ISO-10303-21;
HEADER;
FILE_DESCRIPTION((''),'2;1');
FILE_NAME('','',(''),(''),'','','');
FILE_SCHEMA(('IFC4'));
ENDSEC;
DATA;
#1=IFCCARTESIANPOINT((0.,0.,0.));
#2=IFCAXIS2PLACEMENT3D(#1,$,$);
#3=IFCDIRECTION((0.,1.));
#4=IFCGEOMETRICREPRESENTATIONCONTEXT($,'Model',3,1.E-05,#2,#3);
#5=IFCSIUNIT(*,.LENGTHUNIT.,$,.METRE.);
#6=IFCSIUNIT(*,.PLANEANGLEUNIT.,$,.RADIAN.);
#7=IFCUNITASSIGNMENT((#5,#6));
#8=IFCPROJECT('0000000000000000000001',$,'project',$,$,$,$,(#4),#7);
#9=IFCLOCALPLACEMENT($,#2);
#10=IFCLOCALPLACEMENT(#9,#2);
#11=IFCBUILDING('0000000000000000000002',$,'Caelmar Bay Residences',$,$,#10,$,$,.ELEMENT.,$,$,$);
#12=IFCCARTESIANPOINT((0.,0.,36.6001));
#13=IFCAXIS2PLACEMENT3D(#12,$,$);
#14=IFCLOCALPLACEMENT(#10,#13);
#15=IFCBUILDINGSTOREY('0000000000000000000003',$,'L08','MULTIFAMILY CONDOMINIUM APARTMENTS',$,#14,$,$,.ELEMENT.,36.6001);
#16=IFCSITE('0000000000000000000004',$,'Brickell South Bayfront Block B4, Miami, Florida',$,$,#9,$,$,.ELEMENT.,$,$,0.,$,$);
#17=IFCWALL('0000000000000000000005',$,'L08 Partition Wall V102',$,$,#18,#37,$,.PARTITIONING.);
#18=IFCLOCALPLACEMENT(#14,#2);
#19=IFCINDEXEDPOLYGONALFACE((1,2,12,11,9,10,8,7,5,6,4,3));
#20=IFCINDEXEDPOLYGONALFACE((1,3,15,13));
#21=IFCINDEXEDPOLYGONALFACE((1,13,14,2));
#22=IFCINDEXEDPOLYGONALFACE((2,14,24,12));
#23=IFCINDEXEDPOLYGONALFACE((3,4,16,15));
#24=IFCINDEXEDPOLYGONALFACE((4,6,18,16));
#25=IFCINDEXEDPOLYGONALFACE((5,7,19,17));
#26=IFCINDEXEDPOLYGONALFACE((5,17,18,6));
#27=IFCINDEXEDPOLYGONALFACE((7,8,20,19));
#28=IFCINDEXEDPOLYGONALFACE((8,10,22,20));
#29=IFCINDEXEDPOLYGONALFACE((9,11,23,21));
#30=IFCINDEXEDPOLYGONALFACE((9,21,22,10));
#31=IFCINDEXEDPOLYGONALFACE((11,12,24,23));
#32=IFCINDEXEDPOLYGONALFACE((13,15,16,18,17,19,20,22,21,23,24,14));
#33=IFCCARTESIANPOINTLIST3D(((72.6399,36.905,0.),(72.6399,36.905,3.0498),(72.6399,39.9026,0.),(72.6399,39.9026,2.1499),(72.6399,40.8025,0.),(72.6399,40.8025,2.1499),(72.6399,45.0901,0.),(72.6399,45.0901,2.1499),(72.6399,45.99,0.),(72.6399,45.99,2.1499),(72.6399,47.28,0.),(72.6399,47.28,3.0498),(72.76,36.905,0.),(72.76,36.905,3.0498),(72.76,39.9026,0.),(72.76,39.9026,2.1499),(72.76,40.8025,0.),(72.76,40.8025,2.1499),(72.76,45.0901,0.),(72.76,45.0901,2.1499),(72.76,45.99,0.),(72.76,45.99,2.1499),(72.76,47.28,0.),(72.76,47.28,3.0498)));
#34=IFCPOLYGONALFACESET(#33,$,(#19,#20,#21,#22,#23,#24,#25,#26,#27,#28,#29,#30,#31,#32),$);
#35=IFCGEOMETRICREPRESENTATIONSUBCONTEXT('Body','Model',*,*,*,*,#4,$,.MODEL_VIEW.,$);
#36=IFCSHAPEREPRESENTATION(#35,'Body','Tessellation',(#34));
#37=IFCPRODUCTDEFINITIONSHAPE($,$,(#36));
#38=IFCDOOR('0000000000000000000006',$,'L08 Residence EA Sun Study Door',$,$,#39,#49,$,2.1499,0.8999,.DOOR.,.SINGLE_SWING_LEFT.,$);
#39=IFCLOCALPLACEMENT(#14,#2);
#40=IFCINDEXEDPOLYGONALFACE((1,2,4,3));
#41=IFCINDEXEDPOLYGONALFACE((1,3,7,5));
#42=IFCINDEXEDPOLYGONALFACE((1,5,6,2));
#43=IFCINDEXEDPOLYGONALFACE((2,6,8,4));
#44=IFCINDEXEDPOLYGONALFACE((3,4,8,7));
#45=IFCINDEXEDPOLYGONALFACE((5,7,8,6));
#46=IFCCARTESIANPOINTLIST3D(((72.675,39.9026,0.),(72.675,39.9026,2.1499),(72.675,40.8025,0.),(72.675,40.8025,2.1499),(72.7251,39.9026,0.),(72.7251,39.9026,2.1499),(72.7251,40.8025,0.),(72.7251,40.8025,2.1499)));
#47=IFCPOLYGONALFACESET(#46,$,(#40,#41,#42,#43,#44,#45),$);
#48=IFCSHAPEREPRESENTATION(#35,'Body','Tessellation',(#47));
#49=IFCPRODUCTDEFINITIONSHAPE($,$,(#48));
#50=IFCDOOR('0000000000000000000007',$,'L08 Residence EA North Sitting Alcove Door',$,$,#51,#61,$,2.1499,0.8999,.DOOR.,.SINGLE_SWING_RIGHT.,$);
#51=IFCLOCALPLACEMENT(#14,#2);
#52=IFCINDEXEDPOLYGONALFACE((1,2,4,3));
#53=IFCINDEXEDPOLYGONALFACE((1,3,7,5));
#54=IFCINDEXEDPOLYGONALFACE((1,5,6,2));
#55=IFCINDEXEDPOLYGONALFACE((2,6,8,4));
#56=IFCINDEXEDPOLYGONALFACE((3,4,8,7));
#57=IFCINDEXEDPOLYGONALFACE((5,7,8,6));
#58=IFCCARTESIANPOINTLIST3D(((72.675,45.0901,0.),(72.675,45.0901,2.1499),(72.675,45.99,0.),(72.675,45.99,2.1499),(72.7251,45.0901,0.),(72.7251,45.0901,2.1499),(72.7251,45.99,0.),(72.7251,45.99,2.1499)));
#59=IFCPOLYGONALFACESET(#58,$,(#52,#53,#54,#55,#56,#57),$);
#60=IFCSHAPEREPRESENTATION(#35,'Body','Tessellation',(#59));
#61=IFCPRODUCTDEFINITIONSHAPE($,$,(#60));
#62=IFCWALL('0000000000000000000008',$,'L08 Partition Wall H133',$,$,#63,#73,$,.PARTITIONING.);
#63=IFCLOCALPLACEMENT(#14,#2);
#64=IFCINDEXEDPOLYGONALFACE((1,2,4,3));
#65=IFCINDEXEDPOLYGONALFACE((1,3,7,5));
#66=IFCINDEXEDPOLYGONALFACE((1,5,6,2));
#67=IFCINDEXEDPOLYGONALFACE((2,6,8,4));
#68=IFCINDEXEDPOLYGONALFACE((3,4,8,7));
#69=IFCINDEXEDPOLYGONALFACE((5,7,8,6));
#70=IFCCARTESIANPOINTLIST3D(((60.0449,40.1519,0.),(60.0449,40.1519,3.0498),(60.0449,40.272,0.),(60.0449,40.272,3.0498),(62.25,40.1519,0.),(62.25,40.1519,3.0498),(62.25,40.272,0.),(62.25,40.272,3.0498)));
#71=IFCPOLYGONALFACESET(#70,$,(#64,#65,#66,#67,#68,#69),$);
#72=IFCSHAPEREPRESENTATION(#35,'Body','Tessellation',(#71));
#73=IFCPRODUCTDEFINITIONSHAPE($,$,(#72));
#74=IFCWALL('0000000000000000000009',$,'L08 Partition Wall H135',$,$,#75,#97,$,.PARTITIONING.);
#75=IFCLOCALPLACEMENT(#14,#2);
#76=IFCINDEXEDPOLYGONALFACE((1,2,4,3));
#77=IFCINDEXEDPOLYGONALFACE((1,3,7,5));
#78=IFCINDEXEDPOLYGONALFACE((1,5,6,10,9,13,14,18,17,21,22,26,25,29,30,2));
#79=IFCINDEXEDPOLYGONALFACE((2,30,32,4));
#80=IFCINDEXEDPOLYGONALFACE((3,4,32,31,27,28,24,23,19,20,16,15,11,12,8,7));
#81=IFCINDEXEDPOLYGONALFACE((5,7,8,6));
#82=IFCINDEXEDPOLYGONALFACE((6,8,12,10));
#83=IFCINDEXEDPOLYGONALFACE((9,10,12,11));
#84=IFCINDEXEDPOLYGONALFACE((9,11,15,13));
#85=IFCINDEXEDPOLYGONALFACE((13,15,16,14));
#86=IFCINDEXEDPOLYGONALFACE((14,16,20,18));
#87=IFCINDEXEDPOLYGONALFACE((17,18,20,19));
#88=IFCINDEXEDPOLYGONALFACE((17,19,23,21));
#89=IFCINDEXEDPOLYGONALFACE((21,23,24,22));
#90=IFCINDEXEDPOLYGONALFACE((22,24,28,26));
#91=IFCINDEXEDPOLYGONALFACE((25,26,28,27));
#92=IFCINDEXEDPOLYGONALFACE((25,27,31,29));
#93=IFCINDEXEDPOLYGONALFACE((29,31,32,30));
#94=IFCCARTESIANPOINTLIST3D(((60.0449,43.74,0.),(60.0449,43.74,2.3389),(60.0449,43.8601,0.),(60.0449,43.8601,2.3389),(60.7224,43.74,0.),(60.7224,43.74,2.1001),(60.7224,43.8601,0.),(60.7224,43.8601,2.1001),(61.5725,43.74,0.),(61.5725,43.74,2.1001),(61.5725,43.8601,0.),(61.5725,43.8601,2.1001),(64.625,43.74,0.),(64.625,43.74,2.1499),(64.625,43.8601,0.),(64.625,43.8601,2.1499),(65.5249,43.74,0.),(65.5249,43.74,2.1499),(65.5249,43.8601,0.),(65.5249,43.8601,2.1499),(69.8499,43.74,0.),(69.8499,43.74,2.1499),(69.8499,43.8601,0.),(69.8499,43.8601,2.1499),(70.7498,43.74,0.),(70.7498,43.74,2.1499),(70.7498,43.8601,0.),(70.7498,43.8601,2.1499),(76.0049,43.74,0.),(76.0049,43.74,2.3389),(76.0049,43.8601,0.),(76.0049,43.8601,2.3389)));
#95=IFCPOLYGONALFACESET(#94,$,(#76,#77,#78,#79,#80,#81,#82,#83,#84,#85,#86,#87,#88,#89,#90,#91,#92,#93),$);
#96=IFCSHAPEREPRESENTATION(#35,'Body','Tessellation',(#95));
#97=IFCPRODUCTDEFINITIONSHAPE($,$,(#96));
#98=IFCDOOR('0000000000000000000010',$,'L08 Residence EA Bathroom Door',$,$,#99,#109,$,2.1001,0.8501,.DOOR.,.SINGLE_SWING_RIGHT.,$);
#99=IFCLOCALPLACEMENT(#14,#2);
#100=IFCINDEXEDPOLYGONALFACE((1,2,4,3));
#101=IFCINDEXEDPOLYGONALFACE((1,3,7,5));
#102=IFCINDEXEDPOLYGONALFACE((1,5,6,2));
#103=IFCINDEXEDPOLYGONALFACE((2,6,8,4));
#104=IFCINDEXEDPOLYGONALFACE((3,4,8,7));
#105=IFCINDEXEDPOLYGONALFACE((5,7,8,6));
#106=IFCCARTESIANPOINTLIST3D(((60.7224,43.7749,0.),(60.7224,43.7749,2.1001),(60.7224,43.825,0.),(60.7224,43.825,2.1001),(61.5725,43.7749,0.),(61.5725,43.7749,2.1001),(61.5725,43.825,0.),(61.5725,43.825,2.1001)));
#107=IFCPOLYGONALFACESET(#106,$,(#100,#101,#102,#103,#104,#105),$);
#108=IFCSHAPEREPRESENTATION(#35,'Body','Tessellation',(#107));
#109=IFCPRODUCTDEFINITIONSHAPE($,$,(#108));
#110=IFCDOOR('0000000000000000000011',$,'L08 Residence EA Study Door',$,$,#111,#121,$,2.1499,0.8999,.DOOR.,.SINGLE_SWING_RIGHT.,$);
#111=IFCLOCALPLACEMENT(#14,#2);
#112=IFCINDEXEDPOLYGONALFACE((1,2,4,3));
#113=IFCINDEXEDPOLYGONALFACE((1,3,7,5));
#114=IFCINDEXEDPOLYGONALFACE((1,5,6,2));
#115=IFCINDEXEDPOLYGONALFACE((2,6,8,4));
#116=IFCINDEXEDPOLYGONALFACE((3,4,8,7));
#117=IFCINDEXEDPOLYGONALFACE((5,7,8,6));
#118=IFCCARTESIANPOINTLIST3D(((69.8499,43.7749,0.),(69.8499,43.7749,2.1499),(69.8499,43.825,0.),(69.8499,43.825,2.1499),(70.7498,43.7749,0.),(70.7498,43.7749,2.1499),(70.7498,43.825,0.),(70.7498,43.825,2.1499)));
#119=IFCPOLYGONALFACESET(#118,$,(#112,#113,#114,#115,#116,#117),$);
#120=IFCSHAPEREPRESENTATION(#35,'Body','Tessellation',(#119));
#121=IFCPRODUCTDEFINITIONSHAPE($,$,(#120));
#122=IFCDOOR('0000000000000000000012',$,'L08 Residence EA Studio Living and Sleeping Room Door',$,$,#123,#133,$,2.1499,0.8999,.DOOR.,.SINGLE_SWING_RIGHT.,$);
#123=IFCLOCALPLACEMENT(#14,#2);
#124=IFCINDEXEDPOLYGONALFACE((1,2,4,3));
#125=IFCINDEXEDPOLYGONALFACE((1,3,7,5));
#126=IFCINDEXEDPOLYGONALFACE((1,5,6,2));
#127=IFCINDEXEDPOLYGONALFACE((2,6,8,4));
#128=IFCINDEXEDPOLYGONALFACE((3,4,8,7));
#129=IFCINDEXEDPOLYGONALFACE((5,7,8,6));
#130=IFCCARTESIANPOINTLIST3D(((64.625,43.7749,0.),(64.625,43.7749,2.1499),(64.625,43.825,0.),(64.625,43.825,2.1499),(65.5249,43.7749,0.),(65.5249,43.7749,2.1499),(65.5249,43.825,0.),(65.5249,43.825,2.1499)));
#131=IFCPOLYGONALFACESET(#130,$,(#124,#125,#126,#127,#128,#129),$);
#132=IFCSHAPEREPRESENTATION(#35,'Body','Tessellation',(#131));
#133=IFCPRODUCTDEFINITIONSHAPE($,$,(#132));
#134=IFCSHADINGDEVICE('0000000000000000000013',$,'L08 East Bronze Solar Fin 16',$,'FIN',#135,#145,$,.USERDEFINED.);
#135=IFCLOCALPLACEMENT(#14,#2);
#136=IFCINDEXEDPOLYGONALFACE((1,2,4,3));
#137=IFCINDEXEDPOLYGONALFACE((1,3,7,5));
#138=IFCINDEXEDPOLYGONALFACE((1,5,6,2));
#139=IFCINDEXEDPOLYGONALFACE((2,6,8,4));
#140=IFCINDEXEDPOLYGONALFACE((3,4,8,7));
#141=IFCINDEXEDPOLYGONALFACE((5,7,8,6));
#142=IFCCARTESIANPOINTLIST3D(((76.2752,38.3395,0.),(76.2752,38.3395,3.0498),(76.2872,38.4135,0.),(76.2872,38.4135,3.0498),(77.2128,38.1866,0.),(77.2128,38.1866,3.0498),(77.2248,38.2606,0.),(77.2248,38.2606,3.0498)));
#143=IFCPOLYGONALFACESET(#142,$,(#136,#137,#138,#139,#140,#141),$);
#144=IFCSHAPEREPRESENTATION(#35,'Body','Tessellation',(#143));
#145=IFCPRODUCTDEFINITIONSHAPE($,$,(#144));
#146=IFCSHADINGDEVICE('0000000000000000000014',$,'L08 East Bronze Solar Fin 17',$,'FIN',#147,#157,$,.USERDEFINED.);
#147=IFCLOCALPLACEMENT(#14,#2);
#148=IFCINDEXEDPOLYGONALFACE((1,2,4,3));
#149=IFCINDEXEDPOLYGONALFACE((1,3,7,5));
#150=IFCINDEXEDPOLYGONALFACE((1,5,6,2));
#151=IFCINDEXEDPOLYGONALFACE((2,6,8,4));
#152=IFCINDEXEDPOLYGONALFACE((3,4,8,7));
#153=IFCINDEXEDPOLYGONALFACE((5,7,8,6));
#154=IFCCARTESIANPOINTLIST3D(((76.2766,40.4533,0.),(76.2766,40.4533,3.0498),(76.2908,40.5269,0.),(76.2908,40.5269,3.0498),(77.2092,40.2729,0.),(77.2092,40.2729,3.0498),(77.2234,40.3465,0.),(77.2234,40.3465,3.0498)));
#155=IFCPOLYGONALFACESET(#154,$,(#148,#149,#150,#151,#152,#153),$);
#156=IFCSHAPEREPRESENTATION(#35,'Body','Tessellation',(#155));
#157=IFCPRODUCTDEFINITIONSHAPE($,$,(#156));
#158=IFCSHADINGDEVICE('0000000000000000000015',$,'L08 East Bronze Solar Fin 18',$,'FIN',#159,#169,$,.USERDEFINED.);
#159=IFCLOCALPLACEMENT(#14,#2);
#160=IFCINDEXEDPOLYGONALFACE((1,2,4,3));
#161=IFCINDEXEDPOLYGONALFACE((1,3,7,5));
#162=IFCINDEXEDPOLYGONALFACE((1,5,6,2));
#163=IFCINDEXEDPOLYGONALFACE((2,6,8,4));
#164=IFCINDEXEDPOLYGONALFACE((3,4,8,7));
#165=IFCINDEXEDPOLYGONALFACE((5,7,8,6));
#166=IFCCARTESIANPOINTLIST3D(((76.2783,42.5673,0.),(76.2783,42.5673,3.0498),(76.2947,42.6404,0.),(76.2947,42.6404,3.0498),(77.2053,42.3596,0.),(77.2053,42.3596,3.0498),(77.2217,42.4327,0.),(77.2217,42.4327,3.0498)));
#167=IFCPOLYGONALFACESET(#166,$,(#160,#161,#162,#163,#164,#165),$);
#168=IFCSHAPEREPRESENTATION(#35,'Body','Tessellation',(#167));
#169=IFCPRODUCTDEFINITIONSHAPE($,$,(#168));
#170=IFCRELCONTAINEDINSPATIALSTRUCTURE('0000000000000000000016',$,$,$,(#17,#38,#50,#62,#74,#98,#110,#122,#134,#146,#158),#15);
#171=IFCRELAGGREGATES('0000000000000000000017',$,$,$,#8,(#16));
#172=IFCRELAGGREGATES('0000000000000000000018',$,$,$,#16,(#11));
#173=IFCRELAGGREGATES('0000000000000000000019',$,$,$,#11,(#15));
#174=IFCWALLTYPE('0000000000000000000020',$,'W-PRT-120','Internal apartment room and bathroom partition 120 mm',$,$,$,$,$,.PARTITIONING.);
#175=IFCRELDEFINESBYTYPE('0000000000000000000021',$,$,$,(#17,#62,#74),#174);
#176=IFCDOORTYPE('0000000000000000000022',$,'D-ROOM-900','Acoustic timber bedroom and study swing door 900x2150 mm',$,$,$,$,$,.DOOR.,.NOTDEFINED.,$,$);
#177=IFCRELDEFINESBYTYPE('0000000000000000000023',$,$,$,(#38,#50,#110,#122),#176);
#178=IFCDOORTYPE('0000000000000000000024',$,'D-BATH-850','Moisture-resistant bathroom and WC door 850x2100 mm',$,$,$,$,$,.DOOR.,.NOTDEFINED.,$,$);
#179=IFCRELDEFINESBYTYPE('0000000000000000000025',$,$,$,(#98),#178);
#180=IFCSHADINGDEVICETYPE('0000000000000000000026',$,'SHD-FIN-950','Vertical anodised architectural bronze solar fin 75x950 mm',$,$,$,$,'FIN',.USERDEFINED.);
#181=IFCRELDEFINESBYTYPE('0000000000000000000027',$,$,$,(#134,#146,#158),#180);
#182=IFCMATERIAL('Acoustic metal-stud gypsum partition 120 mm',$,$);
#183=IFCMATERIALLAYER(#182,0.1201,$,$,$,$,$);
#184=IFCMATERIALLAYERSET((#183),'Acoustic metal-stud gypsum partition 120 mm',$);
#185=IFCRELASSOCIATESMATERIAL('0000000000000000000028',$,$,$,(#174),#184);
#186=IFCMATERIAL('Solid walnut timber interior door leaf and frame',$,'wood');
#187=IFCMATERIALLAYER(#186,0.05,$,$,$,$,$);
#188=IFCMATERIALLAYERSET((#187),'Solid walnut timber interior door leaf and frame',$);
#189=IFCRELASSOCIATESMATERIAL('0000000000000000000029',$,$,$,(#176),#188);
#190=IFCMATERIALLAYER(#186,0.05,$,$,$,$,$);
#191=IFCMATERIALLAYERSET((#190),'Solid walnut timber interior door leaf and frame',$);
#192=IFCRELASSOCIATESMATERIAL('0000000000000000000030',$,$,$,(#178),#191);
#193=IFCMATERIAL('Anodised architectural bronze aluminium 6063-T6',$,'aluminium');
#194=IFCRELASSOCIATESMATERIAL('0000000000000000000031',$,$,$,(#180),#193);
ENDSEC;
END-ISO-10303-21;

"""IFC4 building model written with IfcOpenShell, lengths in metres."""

from ifc_helpers import new_model, si_unit, direction, frame, frame_2d, origin, origin_2d, place, context, subcontext, project, spatial, rectangle, extrude, material, layer, layer_set, material_profile, profile_set, type_object, element, fill, save


model = new_model("IFC4")

# Units and contexts
model_context = context("Model", 3, precision=1e-05, world=origin(), true_north=direction((0.0, 1.0)))
body_context = subcontext(model_context, "Body", "Model", "MODEL_VIEW")
ifc_project = project(units=[si_unit("LENGTHUNIT", "METRE"), si_unit("PLANEANGLEUNIT", "RADIAN")], contexts=[model_context])

# Site, building, storey
site_placement = place(None, origin())
site = spatial("IfcSite", under=ifc_project, at=site_placement, Name="Brickell South Bayfront Block B4, Miami, Florida", CompositionType="ELEMENT", RefElevation=0.0)
building_placement = place(site_placement, origin())
building = spatial("IfcBuilding", under=site, at=building_placement, Name="Caelmar Bay Residences", CompositionType="ELEMENT")
storey_placement = place(building_placement, frame((0.0, 0.0, 36.6001)))
storey = spatial("IfcBuildingStorey", under=building, at=storey_placement, Name="L08", Description="MULTIFAMILY CONDOMINIUM APARTMENTS", CompositionType="ELEMENT", Elevation=36.6001)

# Wall, openings, doors
ifc_material_1 = material(Name="Acoustic metal-stud gypsum partition 120 mm")
ifc_layer_1 = layer(ifc_material_1, 0.1201)
ifc_layer_set_1 = layer_set([ifc_layer_1], Name="Acoustic metal-stud gypsum partition 120 mm")
wall_type_1 = type_object("IfcWallType", Name="W-PRT-120", Description="Internal apartment room and bathroom partition 120 mm", PredefinedType="PARTITIONING", material=ifc_layer_set_1)
wall_1_placement = place(storey_placement, frame((72.7, 36.905, 0.0), z_axis=(0.0, 0.0, 1.0), x_axis=(0.0, 1.0, 0.0)))
wall_1 = element("IfcWall", 1, at=wall_1_placement, inside=storey, type_object=wall_type_1, Name="L08 Partition Wall V102", PredefinedType="PARTITIONING", context=body_context, shape_type="SweptSolid", body=[
    extrude(rectangle(XDim=10.375, YDim=0.1201, at=frame_2d((5.1875, 0.0))), origin(), (0.0, 0.0, 1.0), 3.0498),
])
opening_1_placement = place(wall_1_placement, frame((2.9976, 0.0, 0.0)))
opening_1 = element("IfcOpeningElement", 2, at=opening_1_placement, cuts=wall_1, PredefinedType="OPENING", context=body_context, shape_type="SweptSolid", body=[
    extrude(rectangle(XDim=0.8999, YDim=2.1499, at=frame_2d((0.45, 1.075))), frame((0.0, 0.0701, 0.0), z_axis=(0.0, -1.0, 0.0), x_axis=(1.0, 0.0, 0.0)), (0.0, 0.0, 1.0), 0.1401),
])
opening_2_placement = place(wall_1_placement, frame((8.1851, 0.0, 0.0)))
opening_2 = element("IfcOpeningElement", 3, at=opening_2_placement, cuts=wall_1, PredefinedType="OPENING", context=body_context, shape_type="SweptSolid", body=[
    extrude(rectangle(XDim=0.8999, YDim=2.1499, at=frame_2d((0.45, 1.075))), frame((0.0, 0.0701, 0.0), z_axis=(0.0, -1.0, 0.0), x_axis=(1.0, 0.0, 0.0)), (0.0, 0.0, 1.0), 0.1401),
])
ifc_material_2 = material(Name="Solid walnut timber interior door leaf and frame", Category="wood")
ifc_layer_2 = layer(ifc_material_2, 0.05)
ifc_layer_set_2 = layer_set([ifc_layer_2], Name="Solid walnut timber interior door leaf and frame")
door_type_1 = type_object("IfcDoorType", Name="D-ROOM-900", Description="Acoustic timber bedroom and study swing door 900x2150 mm", OperationType="NOTDEFINED", PredefinedType="DOOR", material=ifc_layer_set_2)
door_1_placement = place(opening_1_placement, origin())
door_1 = element("IfcDoor", 4, at=door_1_placement, inside=storey, type_object=door_type_1, Name="L08 Residence EA Sun Study Door", OperationType="SINGLE_SWING_LEFT", OverallHeight=2.1499, OverallWidth=0.8999, PredefinedType="DOOR", context=body_context, shape_type="SweptSolid", body=[
    extrude(rectangle(XDim=0.8999, YDim=2.1499, at=frame_2d((0.45, 1.075))), frame((0.0, 0.0249, 0.0), z_axis=(0.0, -1.0, 0.0), x_axis=(1.0, 0.0, 0.0)), (0.0, 0.0, 1.0), 0.05),
])
fill(opening_1, door_1)
door_2_placement = place(opening_2_placement, origin())
door_2 = element("IfcDoor", 5, at=door_2_placement, inside=storey, type_object=door_type_1, Name="L08 Residence EA North Sitting Alcove Door", OperationType="SINGLE_SWING_RIGHT", OverallHeight=2.1499, OverallWidth=0.8999, PredefinedType="DOOR", context=body_context, shape_type="SweptSolid", body=[
    extrude(rectangle(XDim=0.8999, YDim=2.1499, at=frame_2d((0.45, 1.075))), frame((0.0, 0.0249, 0.0), z_axis=(0.0, -1.0, 0.0), x_axis=(1.0, 0.0, 0.0)), (0.0, 0.0, 1.0), 0.05),
])
fill(opening_2, door_2)

# Wall
wall_2_placement = place(storey_placement, frame((60.0449, 40.2119, 0.0), z_axis=(0.0, 0.0, 1.0), x_axis=(1.0, 0.0, 0.0)))
element("IfcWall", 6, at=wall_2_placement, inside=storey, type_object=wall_type_1, Name="L08 Partition Wall H133", PredefinedType="PARTITIONING", context=body_context, shape_type="SweptSolid", body=[
    extrude(rectangle(XDim=2.2051, YDim=0.1201, at=frame_2d((1.1025, 0.0))), origin(), (0.0, 0.0, 1.0), 3.0498),
])

# Wall, openings, doors
wall_3_placement = place(storey_placement, frame((60.0449, 43.8, 0.0), z_axis=(0.0, 0.0, 1.0), x_axis=(1.0, 0.0, 0.0)))
wall_3 = element("IfcWall", 7, at=wall_3_placement, inside=storey, type_object=wall_type_1, Name="L08 Partition Wall H135", PredefinedType="PARTITIONING", context=body_context, shape_type="SweptSolid", body=[
    extrude(rectangle(XDim=15.96, YDim=0.1201, at=frame_2d((7.98, 0.0))), origin(), (0.0, 0.0, 1.0), 2.3389),
])
opening_3_placement = place(wall_3_placement, frame((9.8049, 0.0, 0.0)))
opening_3 = element("IfcOpeningElement", 8, at=opening_3_placement, cuts=wall_3, PredefinedType="OPENING", context=body_context, shape_type="SweptSolid", body=[
    extrude(rectangle(XDim=0.8999, YDim=2.1499, at=frame_2d((0.45, 1.075))), frame((0.0, 0.0701, 0.0), z_axis=(0.0, -1.0, 0.0), x_axis=(1.0, 0.0, 0.0)), (0.0, 0.0, 1.0), 0.1401),
])
opening_4_placement = place(wall_3_placement, frame((4.5801, 0.0, 0.0)))
opening_4 = element("IfcOpeningElement", 9, at=opening_4_placement, cuts=wall_3, PredefinedType="OPENING", context=body_context, shape_type="SweptSolid", body=[
    extrude(rectangle(XDim=0.8999, YDim=2.1499, at=frame_2d((0.45, 1.075))), frame((0.0, 0.0701, 0.0), z_axis=(0.0, -1.0, 0.0), x_axis=(1.0, 0.0, 0.0)), (0.0, 0.0, 1.0), 0.1401),
])
opening_5_placement = place(wall_3_placement, frame((0.6775, 0.0, 0.0)))
opening_5 = element("IfcOpeningElement", 10, at=opening_5_placement, cuts=wall_3, PredefinedType="OPENING", context=body_context, shape_type="SweptSolid", body=[
    extrude(rectangle(XDim=0.8501, YDim=2.1001, at=frame_2d((0.425, 1.05))), frame((0.0, 0.0701, 0.0), z_axis=(0.0, -1.0, 0.0), x_axis=(1.0, 0.0, 0.0)), (0.0, 0.0, 1.0), 0.1401),
])
ifc_layer_3 = layer(ifc_material_2, 0.05)
ifc_layer_set_3 = layer_set([ifc_layer_3], Name="Solid walnut timber interior door leaf and frame")
door_type_2 = type_object("IfcDoorType", Name="D-BATH-850", Description="Moisture-resistant bathroom and WC door 850x2100 mm", OperationType="NOTDEFINED", PredefinedType="DOOR", material=ifc_layer_set_3)
door_3_placement = place(opening_5_placement, origin())
door_3 = element("IfcDoor", 11, at=door_3_placement, inside=storey, type_object=door_type_2, Name="L08 Residence EA Bathroom Door", OperationType="SINGLE_SWING_RIGHT", OverallHeight=2.1001, OverallWidth=0.8501, PredefinedType="DOOR", context=body_context, shape_type="SweptSolid", body=[
    extrude(rectangle(XDim=0.8501, YDim=2.1001, at=frame_2d((0.425, 1.05))), frame((0.0, 0.0249, 0.0), z_axis=(0.0, -1.0, 0.0), x_axis=(1.0, 0.0, 0.0)), (0.0, 0.0, 1.0), 0.05),
])
fill(opening_5, door_3)
door_4_placement = place(opening_3_placement, origin())
door_4 = element("IfcDoor", 12, at=door_4_placement, inside=storey, type_object=door_type_1, Name="L08 Residence EA Study Door", OperationType="SINGLE_SWING_RIGHT", OverallHeight=2.1499, OverallWidth=0.8999, PredefinedType="DOOR", context=body_context, shape_type="SweptSolid", body=[
    extrude(rectangle(XDim=0.8999, YDim=2.1499, at=frame_2d((0.45, 1.075))), frame((0.0, 0.0249, 0.0), z_axis=(0.0, -1.0, 0.0), x_axis=(1.0, 0.0, 0.0)), (0.0, 0.0, 1.0), 0.05),
])
fill(opening_3, door_4)
door_5_placement = place(opening_4_placement, origin())
door_5 = element("IfcDoor", 13, at=door_5_placement, inside=storey, type_object=door_type_1, Name="L08 Residence EA Studio Living and Sleeping Room Door", OperationType="SINGLE_SWING_RIGHT", OverallHeight=2.1499, OverallWidth=0.8999, PredefinedType="DOOR", context=body_context, shape_type="SweptSolid", body=[
    extrude(rectangle(XDim=0.8999, YDim=2.1499, at=frame_2d((0.45, 1.075))), frame((0.0, 0.0249, 0.0), z_axis=(0.0, -1.0, 0.0), x_axis=(1.0, 0.0, 0.0)), (0.0, 0.0, 1.0), 0.05),
])
fill(opening_4, door_5)

# Shading devices
ifc_material_3 = material(Name="Anodised architectural bronze aluminium 6063-T6", Category="aluminium")
ifc_material_profile_1 = material_profile(ifc_material_3, rectangle(XDim=0.075, YDim=0.95, at=origin_2d()), Name="BRONZE-FIN-75X950")
ifc_profile_set_1 = profile_set([ifc_material_profile_1], Name="Anodised architectural bronze aluminium 6063-T6")
shading_device_type = type_object("IfcShadingDeviceType", Name="SHD-FIN-950", Description="Vertical anodised architectural bronze solar fin 75x950 mm", ElementType="FIN", PredefinedType="USERDEFINED", material=ifc_profile_set_1)
for number, where, z_axis, x_axis, name in (
    (14, (76.75, 38.3, 0.0), (0.0, 0.0, 1.0), (0.160915, 0.986968, 0.0), "L08 East Bronze Solar Fin 16"),
    (15, (76.75, 40.3999, 0.0), (0.0, 0.0, 1.0), (0.189952, 0.981793, 0.0), "L08 East Bronze Solar Fin 17"),
    (16, (76.75, 42.5, 0.0), (0.0, 0.0, 1.0), (0.218654, 0.975802, 0.0), "L08 East Bronze Solar Fin 18"),
):
    element("IfcShadingDevice", number, at=place(storey_placement, frame(where, z_axis=z_axis, x_axis=x_axis)), inside=storey, type_object=shading_device_type, Name=name, ObjectType="FIN", PredefinedType="USERDEFINED", context=body_context, shape_type="SweptSolid", body=[
        extrude(rectangle(XDim=0.075, YDim=0.95, at=origin_2d()), origin(), (0.0, 0.0, 1.0), 3.0498),
    ])

save(model, "model.ifc")
